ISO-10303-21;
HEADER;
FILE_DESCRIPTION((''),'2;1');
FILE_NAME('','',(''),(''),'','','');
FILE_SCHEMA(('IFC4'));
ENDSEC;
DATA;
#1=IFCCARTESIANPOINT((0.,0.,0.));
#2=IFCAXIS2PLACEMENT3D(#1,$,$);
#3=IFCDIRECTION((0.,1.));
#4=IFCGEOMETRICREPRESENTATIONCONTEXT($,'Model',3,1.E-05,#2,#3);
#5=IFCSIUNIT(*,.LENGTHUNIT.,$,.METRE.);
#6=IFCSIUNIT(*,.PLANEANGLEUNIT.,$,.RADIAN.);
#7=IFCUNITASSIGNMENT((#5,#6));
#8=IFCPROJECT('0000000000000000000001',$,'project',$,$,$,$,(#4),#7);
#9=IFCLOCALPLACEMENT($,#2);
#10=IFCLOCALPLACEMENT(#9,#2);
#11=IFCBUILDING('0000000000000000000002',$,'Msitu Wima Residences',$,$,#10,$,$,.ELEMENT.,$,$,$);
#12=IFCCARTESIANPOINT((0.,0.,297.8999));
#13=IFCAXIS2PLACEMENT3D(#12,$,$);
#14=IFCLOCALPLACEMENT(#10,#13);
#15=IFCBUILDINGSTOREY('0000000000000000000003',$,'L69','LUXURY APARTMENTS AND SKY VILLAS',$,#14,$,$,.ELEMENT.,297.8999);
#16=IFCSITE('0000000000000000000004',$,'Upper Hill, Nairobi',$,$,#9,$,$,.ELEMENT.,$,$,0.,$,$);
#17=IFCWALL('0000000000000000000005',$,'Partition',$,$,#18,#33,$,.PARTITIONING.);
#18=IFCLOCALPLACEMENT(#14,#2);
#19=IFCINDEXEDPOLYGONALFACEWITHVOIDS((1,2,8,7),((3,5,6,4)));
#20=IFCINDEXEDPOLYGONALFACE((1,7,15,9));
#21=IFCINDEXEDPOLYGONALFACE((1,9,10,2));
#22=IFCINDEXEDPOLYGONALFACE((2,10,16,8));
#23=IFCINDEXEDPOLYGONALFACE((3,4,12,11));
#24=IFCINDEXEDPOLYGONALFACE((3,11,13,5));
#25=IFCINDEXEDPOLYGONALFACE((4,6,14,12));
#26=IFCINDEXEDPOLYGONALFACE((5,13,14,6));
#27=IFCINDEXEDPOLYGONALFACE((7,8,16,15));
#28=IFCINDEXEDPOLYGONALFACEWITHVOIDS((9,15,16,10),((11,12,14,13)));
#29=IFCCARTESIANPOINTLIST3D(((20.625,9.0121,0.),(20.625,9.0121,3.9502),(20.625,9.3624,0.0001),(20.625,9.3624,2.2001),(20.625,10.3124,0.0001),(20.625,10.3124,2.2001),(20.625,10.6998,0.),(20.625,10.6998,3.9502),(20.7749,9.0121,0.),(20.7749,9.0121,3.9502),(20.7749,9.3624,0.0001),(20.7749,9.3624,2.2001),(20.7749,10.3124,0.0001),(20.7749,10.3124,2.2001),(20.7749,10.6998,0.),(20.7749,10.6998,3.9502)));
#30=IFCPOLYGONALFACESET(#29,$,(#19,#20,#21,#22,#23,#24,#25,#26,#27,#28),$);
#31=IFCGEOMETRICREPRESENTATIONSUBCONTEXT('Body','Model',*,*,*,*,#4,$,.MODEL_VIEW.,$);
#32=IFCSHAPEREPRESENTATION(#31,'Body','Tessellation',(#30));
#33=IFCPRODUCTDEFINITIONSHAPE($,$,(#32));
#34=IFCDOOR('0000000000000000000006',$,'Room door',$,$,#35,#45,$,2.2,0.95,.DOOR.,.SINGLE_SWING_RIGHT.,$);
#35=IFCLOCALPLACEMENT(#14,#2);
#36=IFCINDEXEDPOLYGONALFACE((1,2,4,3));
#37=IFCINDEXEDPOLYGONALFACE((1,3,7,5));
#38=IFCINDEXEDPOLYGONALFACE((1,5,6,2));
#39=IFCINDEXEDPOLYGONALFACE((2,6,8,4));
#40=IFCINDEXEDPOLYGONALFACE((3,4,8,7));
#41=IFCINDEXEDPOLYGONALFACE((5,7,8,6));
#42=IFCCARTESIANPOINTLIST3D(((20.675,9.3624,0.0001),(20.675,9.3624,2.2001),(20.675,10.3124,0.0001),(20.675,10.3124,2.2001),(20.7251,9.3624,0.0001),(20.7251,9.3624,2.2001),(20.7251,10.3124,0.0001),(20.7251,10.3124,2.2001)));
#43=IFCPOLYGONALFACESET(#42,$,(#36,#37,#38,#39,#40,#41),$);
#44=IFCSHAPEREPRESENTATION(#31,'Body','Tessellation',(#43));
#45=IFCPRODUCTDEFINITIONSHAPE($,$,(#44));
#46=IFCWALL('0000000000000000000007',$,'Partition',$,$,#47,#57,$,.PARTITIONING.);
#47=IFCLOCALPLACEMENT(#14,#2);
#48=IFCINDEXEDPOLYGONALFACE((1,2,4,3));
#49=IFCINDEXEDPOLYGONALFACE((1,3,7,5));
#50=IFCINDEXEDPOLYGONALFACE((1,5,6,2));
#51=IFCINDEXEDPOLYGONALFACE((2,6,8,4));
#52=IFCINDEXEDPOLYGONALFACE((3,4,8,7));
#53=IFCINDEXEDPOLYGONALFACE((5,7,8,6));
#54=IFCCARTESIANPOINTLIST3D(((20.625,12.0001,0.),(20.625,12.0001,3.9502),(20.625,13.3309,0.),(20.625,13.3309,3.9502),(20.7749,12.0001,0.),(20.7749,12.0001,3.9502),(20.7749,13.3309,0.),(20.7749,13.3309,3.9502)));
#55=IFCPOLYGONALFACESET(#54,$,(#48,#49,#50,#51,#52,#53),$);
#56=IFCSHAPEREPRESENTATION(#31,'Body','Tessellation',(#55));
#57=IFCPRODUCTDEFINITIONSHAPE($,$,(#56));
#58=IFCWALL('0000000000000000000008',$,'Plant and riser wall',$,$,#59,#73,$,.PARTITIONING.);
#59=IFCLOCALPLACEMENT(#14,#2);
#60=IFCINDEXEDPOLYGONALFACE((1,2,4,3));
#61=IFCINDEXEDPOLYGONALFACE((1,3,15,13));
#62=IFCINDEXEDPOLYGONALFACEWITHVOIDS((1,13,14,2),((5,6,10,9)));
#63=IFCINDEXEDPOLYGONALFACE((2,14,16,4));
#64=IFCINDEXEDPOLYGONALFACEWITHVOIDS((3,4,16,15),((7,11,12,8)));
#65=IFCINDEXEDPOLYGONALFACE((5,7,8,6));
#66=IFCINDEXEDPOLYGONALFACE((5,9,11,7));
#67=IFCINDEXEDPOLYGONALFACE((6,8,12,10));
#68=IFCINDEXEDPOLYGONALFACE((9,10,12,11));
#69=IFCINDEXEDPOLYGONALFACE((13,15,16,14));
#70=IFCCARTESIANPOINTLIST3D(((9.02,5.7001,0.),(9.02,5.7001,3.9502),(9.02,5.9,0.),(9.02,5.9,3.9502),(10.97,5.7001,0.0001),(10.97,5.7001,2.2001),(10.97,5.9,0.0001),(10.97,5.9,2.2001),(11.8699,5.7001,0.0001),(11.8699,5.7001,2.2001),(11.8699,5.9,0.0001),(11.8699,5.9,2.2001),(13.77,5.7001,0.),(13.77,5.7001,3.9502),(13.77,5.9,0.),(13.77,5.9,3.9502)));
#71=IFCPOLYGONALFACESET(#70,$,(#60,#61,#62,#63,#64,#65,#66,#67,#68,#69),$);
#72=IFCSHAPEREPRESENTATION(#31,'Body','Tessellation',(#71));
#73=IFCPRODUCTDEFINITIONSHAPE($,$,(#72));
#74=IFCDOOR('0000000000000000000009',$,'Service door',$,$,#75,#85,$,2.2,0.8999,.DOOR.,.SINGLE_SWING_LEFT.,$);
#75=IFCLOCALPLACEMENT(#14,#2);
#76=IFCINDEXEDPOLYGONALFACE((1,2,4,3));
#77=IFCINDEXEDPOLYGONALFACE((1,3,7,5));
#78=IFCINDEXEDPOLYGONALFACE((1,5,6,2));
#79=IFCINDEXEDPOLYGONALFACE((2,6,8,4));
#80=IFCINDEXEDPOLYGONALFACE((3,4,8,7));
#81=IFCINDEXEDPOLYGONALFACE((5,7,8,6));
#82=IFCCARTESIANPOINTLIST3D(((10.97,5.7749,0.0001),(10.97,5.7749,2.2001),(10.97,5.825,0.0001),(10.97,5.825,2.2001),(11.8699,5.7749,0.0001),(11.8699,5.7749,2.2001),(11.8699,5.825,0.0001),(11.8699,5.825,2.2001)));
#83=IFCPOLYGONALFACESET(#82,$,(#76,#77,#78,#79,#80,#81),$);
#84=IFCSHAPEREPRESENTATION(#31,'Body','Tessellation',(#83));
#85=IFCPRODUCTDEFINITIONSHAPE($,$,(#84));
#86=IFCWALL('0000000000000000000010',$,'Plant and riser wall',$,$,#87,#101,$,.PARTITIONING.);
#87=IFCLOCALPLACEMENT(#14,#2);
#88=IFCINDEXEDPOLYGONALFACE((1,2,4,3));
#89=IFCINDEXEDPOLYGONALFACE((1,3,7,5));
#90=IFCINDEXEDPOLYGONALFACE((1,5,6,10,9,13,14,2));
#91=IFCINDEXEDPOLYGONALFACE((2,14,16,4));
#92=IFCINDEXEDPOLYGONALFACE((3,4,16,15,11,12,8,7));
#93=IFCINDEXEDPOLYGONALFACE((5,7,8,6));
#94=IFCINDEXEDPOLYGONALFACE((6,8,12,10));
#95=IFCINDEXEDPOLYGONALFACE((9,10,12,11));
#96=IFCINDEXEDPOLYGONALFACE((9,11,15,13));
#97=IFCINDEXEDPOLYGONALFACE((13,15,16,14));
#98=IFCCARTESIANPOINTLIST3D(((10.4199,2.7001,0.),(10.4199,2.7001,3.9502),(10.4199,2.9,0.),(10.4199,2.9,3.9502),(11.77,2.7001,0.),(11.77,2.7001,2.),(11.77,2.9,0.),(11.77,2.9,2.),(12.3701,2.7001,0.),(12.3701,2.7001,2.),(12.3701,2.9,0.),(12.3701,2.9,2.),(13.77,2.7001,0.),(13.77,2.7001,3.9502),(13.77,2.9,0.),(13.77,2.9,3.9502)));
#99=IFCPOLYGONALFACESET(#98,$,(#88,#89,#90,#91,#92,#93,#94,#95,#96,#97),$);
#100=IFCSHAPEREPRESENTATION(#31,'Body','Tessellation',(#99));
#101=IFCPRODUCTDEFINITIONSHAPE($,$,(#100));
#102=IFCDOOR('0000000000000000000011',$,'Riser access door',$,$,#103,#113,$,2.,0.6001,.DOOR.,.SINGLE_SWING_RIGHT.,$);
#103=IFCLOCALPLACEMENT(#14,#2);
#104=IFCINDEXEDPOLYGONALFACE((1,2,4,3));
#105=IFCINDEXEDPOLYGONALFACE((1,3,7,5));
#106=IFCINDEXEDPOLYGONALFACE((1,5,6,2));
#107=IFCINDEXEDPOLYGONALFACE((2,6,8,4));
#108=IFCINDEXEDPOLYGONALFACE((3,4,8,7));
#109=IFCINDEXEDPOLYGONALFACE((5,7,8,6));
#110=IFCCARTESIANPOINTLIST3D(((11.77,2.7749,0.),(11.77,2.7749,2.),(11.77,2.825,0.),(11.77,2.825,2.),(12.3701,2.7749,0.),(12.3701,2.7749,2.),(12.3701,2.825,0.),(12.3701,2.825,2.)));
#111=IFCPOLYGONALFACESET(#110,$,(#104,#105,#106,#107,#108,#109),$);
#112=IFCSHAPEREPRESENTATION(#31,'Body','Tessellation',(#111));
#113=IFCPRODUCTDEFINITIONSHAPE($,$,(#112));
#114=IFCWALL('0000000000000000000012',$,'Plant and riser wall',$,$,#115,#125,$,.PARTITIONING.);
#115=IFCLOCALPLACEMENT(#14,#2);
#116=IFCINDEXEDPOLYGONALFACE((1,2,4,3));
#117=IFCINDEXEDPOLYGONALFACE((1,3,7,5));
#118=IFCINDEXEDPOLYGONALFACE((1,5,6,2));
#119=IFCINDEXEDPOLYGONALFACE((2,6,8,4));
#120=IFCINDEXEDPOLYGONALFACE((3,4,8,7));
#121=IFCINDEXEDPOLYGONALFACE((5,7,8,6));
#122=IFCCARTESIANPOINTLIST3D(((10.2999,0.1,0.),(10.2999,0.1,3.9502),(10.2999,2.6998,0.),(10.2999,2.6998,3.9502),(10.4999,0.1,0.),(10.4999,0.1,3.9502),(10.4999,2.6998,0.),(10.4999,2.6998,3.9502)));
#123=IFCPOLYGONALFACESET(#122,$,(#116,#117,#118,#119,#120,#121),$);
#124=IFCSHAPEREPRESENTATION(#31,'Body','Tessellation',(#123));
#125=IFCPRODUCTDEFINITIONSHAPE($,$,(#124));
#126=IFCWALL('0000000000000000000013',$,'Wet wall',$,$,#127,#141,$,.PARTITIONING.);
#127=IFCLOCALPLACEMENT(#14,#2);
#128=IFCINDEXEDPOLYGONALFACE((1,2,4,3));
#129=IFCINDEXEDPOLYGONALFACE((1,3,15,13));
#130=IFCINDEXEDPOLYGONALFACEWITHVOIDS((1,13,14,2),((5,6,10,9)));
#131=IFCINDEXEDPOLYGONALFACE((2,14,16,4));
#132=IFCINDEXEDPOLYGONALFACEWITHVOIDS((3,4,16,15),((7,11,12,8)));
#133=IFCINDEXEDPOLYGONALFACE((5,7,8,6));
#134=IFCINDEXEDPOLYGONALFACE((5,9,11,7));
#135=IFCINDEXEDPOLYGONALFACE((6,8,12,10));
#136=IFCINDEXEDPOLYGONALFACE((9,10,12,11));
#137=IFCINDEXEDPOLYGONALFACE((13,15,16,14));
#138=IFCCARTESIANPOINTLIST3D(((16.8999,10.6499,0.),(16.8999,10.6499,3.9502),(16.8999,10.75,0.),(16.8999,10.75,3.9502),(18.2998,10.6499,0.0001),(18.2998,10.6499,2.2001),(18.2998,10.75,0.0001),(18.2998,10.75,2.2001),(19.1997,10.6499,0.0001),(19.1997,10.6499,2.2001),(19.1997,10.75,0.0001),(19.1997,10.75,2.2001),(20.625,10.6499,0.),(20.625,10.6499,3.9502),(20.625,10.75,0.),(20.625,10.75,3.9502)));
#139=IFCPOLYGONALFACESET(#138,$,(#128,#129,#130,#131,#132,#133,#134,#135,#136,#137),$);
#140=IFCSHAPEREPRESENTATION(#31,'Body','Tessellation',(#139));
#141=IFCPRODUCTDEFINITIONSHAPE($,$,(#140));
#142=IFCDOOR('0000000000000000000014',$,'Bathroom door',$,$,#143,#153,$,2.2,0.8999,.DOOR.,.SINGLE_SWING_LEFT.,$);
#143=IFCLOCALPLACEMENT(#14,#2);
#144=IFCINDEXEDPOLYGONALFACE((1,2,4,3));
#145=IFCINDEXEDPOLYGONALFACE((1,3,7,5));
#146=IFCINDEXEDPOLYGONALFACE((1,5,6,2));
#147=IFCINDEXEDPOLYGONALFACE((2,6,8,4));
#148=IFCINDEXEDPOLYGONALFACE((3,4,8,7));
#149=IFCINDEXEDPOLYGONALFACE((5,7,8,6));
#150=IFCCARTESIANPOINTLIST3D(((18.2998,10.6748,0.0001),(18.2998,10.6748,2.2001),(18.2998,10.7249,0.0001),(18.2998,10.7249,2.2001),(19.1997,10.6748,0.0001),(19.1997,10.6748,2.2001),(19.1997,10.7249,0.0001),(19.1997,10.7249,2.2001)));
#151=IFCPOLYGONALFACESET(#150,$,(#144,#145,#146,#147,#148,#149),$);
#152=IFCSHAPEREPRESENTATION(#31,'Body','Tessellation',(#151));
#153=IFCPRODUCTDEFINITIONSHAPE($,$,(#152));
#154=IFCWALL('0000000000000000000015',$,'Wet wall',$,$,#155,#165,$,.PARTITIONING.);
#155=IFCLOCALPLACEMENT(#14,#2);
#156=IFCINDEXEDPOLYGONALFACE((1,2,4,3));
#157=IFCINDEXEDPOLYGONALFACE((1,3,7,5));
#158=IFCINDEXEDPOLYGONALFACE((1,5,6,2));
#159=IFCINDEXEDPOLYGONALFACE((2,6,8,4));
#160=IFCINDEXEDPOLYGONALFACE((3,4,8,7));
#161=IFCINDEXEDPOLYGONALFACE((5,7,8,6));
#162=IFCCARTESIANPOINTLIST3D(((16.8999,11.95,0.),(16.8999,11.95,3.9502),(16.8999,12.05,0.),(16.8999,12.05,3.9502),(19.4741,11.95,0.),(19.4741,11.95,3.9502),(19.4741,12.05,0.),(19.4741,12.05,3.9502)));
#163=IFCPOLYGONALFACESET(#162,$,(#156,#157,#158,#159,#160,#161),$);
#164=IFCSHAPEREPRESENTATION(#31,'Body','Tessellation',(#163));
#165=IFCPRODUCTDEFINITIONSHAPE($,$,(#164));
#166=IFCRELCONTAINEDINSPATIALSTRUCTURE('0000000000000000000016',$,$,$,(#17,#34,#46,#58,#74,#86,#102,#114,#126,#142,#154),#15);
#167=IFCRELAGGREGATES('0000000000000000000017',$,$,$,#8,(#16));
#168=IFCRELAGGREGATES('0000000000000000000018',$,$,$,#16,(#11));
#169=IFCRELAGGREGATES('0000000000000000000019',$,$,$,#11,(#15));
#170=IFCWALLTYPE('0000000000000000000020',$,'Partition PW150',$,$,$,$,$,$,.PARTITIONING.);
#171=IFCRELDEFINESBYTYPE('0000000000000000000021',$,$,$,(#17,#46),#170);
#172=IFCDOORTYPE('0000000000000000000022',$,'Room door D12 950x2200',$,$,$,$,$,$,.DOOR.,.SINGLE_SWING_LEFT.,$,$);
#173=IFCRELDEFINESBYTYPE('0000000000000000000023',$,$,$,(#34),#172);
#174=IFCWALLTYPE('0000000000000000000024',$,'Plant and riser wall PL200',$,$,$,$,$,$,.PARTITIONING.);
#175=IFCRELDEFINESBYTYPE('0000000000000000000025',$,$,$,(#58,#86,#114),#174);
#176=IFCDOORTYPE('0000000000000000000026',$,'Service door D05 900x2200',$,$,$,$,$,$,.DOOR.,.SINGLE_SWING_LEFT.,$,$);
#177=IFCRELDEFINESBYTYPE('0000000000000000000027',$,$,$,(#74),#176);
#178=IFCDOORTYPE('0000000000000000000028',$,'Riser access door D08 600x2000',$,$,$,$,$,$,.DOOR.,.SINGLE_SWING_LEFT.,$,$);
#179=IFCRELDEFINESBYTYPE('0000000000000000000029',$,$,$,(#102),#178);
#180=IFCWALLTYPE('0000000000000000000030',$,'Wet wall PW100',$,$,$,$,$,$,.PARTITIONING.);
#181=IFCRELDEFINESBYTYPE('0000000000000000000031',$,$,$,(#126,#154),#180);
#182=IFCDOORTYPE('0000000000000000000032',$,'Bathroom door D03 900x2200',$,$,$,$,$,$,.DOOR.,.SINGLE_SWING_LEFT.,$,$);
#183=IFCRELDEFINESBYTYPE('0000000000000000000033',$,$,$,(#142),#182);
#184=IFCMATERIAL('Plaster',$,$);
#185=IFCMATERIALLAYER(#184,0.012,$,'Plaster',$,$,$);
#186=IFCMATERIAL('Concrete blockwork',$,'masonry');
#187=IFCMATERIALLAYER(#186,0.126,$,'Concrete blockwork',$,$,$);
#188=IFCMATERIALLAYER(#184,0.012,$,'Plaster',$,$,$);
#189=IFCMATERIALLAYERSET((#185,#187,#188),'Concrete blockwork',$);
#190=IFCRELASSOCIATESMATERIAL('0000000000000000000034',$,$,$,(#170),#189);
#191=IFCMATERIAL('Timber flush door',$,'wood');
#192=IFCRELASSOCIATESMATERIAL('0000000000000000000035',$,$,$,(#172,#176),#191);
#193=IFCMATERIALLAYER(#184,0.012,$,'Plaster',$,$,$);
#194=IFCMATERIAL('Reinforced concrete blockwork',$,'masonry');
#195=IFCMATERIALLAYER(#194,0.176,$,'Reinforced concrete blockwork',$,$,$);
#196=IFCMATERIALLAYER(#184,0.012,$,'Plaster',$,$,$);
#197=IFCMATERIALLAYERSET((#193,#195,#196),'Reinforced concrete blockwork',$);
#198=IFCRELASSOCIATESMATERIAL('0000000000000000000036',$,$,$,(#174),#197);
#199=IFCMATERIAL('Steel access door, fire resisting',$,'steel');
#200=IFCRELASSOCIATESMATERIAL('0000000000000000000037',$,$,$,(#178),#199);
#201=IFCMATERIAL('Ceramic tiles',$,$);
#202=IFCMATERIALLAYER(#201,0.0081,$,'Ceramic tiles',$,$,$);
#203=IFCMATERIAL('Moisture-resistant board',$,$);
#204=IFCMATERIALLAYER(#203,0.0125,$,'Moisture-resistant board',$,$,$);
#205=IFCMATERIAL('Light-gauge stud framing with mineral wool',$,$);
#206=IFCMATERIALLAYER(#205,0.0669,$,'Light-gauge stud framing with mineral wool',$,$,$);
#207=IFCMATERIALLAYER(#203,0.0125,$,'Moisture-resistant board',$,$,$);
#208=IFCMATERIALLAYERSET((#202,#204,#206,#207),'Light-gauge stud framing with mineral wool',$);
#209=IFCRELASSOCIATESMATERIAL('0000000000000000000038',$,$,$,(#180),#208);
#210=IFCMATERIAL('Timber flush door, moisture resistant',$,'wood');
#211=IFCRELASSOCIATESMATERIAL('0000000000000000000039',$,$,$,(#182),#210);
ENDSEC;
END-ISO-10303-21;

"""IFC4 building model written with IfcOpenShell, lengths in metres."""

from ifc_helpers import new_model, si_unit, direction, frame, frame_2d, origin, place, context, subcontext, project, spatial, rectangle, extrude, material, layer, layer_set, type_object, element, fill, save


model = new_model("IFC4")

# Units and contexts
model_context = context("Model", 3, precision=1e-05, world=origin(), true_north=direction((0.0, 1.0)))
body_context = subcontext(model_context, "Body", "Model", "MODEL_VIEW")
ifc_project = project(units=[si_unit("LENGTHUNIT", "METRE"), si_unit("PLANEANGLEUNIT", "RADIAN")], contexts=[model_context])

# Site, building, storey
site_placement = place(None, origin())
site = spatial("IfcSite", under=ifc_project, at=site_placement, Name="Upper Hill, Nairobi", CompositionType="ELEMENT", RefElevation=0.0)
building_placement = place(site_placement, origin())
building = spatial("IfcBuilding", under=site, at=building_placement, Name="Msitu Wima Residences", CompositionType="ELEMENT")
storey_placement = place(building_placement, frame((0.0, 0.0, 297.8999)))
storey = spatial("IfcBuildingStorey", under=building, at=storey_placement, Name="L69", Description="LUXURY APARTMENTS AND SKY VILLAS", CompositionType="ELEMENT", Elevation=297.8999)

# Shared definitions
ifc_material_1 = material(Name="Plaster")
ifc_layer_1 = layer(ifc_material_1, 0.012, Name="Plaster")
ifc_material_2 = material(Name="Concrete blockwork", Category="masonry")
ifc_layer_2 = layer(ifc_material_2, 0.126, Name="Concrete blockwork")
ifc_layer_3 = layer(ifc_material_1, 0.012, Name="Plaster")
ifc_layer_set_1 = layer_set([ifc_layer_1, ifc_layer_2, ifc_layer_3], Name="Concrete blockwork")
wall_type_1 = type_object("IfcWallType", Name="Partition PW150", PredefinedType="PARTITIONING", material=ifc_layer_set_1)
ifc_material_3 = material(Name="Timber flush door", Category="wood")
door_type_1 = type_object("IfcDoorType", Name="Room door D12 950x2200", OperationType="SINGLE_SWING_LEFT", PredefinedType="DOOR", material=ifc_material_3)

# Wall, opening, door
wall_1_placement = place(storey_placement, frame((20.7, 9.0122, 0.0), z_axis=(0.0, 0.0, 1.0), x_axis=(0.0, 1.0, 0.0)))
wall_1 = element("IfcWall", 1, at=wall_1_placement, inside=storey, type_object=wall_type_1, Name="Partition", PredefinedType="PARTITIONING", context=body_context, shape_type="SweptSolid", body=[
    extrude(rectangle(XDim=1.6877, YDim=0.1499, at=frame_2d((0.8438, 0.0))), origin(), (0.0, 0.0, 1.0), 3.9502),
])
opening_1_placement = place(wall_1_placement, frame((0.3501, 0.0, 0.0)))
opening_1 = element("IfcOpeningElement", 2, at=opening_1_placement, cuts=wall_1, PredefinedType="OPENING", context=body_context, shape_type="SweptSolid", body=[
    extrude(rectangle(XDim=0.95, YDim=2.2, at=frame_2d((0.4751, 1.1001))), frame((0.0, 0.085, 0.0), z_axis=(0.0, -1.0, 0.0), x_axis=(1.0, 0.0, 0.0)), (0.0, 0.0, 1.0), 0.1699),
])
door_1_placement = place(opening_1_placement, origin())
door_1 = element("IfcDoor", 3, at=door_1_placement, inside=storey, type_object=door_type_1, Name="Room door", OperationType="SINGLE_SWING_RIGHT", OverallHeight=2.2, OverallWidth=0.95, PredefinedType="DOOR", context=body_context, shape_type="SweptSolid", body=[
    extrude(rectangle(XDim=0.95, YDim=2.2, at=frame_2d((0.4751, 1.1001))), frame((0.0, 0.0249, 0.0), z_axis=(0.0, -1.0, 0.0), x_axis=(1.0, 0.0, 0.0)), (0.0, 0.0, 1.0), 0.05),
])
fill(opening_1, door_1)

# Wall
wall_2_placement = place(storey_placement, frame((20.7, 12.0, 0.0), z_axis=(0.0, 0.0, 1.0), x_axis=(0.0, 1.0, 0.0)))
element("IfcWall", 4, at=wall_2_placement, inside=storey, type_object=wall_type_1, Name="Partition", PredefinedType="PARTITIONING", context=body_context, shape_type="SweptSolid", body=[
    extrude(rectangle(XDim=1.3308, YDim=0.1499, at=frame_2d((0.6655, 0.0))), origin(), (0.0, 0.0, 1.0), 3.9502),
])

# Walls, openings, doors
ifc_layer_4 = layer(ifc_material_1, 0.012, Name="Plaster")
ifc_material_4 = material(Name="Reinforced concrete blockwork", Category="masonry")
ifc_layer_5 = layer(ifc_material_4, 0.176, Name="Reinforced concrete blockwork")
ifc_layer_6 = layer(ifc_material_1, 0.012, Name="Plaster")
ifc_layer_set_2 = layer_set([ifc_layer_4, ifc_layer_5, ifc_layer_6], Name="Reinforced concrete blockwork")
wall_type_2 = type_object("IfcWallType", Name="Plant and riser wall PL200", PredefinedType="PARTITIONING", material=ifc_layer_set_2)
wall_3_placement = place(storey_placement, frame((9.02, 5.8, 0.0), z_axis=(0.0, 0.0, 1.0), x_axis=(1.0, 0.0, 0.0)))
wall_3 = element("IfcWall", 5, at=wall_3_placement, inside=storey, type_object=wall_type_2, Name="Plant and riser wall", PredefinedType="PARTITIONING", context=body_context, shape_type="SweptSolid", body=[
    extrude(rectangle(XDim=4.75, YDim=0.2, at=frame_2d((2.375, 0.0))), origin(), (0.0, 0.0, 1.0), 3.9502),
])
opening_2_placement = place(wall_3_placement, frame((1.95, 0.0, 0.0)))
opening_2 = element("IfcOpeningElement", 6, at=opening_2_placement, cuts=wall_3, PredefinedType="OPENING", context=body_context, shape_type="SweptSolid", body=[
    extrude(rectangle(XDim=0.8999, YDim=2.2, at=frame_2d((0.45, 1.1001))), frame((0.0, 0.1099, 0.0), z_axis=(0.0, -1.0, 0.0), x_axis=(1.0, 0.0, 0.0)), (0.0, 0.0, 1.0), 0.22),
])
door_type_2 = type_object("IfcDoorType", Name="Service door D05 900x2200", OperationType="SINGLE_SWING_LEFT", PredefinedType="DOOR", material=ifc_material_3)
door_2_placement = place(opening_2_placement, origin())
door_2 = element("IfcDoor", 7, at=door_2_placement, inside=storey, type_object=door_type_2, Name="Service door", OperationType="SINGLE_SWING_LEFT", OverallHeight=2.2, OverallWidth=0.8999, PredefinedType="DOOR", context=body_context, shape_type="SweptSolid", body=[
    extrude(rectangle(XDim=0.8999, YDim=2.2, at=frame_2d((0.45, 1.1001))), frame((0.0, 0.0249, 0.0), z_axis=(0.0, -1.0, 0.0), x_axis=(1.0, 0.0, 0.0)), (0.0, 0.0, 1.0), 0.05),
])
fill(opening_2, door_2)
wall_4_placement = place(storey_placement, frame((10.4199, 2.8, 0.0), z_axis=(0.0, 0.0, 1.0), x_axis=(1.0, 0.0, 0.0)))
wall_4 = element("IfcWall", 8, at=wall_4_placement, inside=storey, type_object=wall_type_2, Name="Plant and riser wall", PredefinedType="PARTITIONING", context=body_context, shape_type="SweptSolid", body=[
    extrude(rectangle(XDim=3.3501, YDim=0.2, at=frame_2d((1.675, 0.0))), origin(), (0.0, 0.0, 1.0), 3.9502),
])
opening_3_placement = place(wall_4_placement, frame((1.3501, 0.0, 0.0)))
opening_3 = element("IfcOpeningElement", 9, at=opening_3_placement, cuts=wall_4, PredefinedType="OPENING", context=body_context, shape_type="SweptSolid", body=[
    extrude(rectangle(XDim=0.6001, YDim=2.0, at=frame_2d((0.3, 1.0))), frame((0.0, 0.1099, 0.0), z_axis=(0.0, -1.0, 0.0), x_axis=(1.0, 0.0, 0.0)), (0.0, 0.0, 1.0), 0.22),
])
ifc_material_5 = material(Name="Steel access door, fire resisting", Category="steel")
door_type_3 = type_object("IfcDoorType", Name="Riser access door D08 600x2000", OperationType="SINGLE_SWING_LEFT", PredefinedType="DOOR", material=ifc_material_5)
door_3_placement = place(opening_3_placement, origin())
door_3 = element("IfcDoor", 10, at=door_3_placement, inside=storey, type_object=door_type_3, Name="Riser access door", OperationType="SINGLE_SWING_RIGHT", OverallHeight=2.0, OverallWidth=0.6001, PredefinedType="DOOR", context=body_context, shape_type="SweptSolid", body=[
    extrude(rectangle(XDim=0.6001, YDim=2.0, at=frame_2d((0.3, 1.0))), frame((0.0, 0.0249, 0.0), z_axis=(0.0, -1.0, 0.0), x_axis=(1.0, 0.0, 0.0)), (0.0, 0.0, 1.0), 0.05),
])
fill(opening_3, door_3)

# Wall
wall_5_placement = place(storey_placement, frame((10.3999, 0.1001, 0.0), z_axis=(0.0, 0.0, 1.0), x_axis=(0.0, 1.0, 0.0)))
element("IfcWall", 11, at=wall_5_placement, inside=storey, type_object=wall_type_2, Name="Plant and riser wall", PredefinedType="PARTITIONING", context=body_context, shape_type="SweptSolid", body=[
    extrude(rectangle(XDim=2.5999, YDim=0.2, at=frame_2d((1.2998, 0.0))), origin(), (0.0, 0.0, 1.0), 3.9502),
])

# Wall, opening, door
ifc_material_6 = material(Name="Ceramic tiles")
ifc_layer_7 = layer(ifc_material_6, 0.0081, Name="Ceramic tiles")
ifc_material_7 = material(Name="Moisture-resistant board")
ifc_layer_8 = layer(ifc_material_7, 0.0125, Name="Moisture-resistant board")
ifc_material_8 = material(Name="Light-gauge stud framing with mineral wool")
ifc_layer_9 = layer(ifc_material_8, 0.0669, Name="Light-gauge stud framing with mineral wool")
ifc_layer_10 = layer(ifc_material_7, 0.0125, Name="Moisture-resistant board")
ifc_layer_set_3 = layer_set([ifc_layer_7, ifc_layer_8, ifc_layer_9, ifc_layer_10], Name="Light-gauge stud framing with mineral wool")
wall_type_3 = type_object("IfcWallType", Name="Wet wall PW100", PredefinedType="PARTITIONING", material=ifc_layer_set_3)
wall_6_placement = place(storey_placement, frame((16.8999, 10.7, 0.0), z_axis=(0.0, 0.0, 1.0), x_axis=(1.0, 0.0, 0.0)))
wall_6 = element("IfcWall", 12, at=wall_6_placement, inside=storey, type_object=wall_type_3, Name="Wet wall", PredefinedType="PARTITIONING", context=body_context, shape_type="SweptSolid", body=[
    extrude(rectangle(XDim=3.7251, YDim=0.1001, at=frame_2d((1.8625, 0.0))), origin(), (0.0, 0.0, 1.0), 3.9502),
])
opening_4_placement = place(wall_6_placement, frame((1.3999, 0.0, 0.0)))
opening_4 = element("IfcOpeningElement", 13, at=opening_4_placement, cuts=wall_6, PredefinedType="OPENING", context=body_context, shape_type="SweptSolid", body=[
    extrude(rectangle(XDim=0.8999, YDim=2.2, at=frame_2d((0.45, 1.1001))), frame((0.0, 0.0601, 0.0), z_axis=(0.0, -1.0, 0.0), x_axis=(1.0, 0.0, 0.0)), (0.0, 0.0, 1.0), 0.1201),
])
ifc_material_9 = material(Name="Timber flush door, moisture resistant", Category="wood")
door_type_4 = type_object("IfcDoorType", Name="Bathroom door D03 900x2200", OperationType="SINGLE_SWING_LEFT", PredefinedType="DOOR", material=ifc_material_9)
door_4_placement = place(opening_4_placement, origin())
door_4 = element("IfcDoor", 14, at=door_4_placement, inside=storey, type_object=door_type_4, Name="Bathroom door", OperationType="SINGLE_SWING_LEFT", OverallHeight=2.2, OverallWidth=0.8999, PredefinedType="DOOR", context=body_context, shape_type="SweptSolid", body=[
    extrude(rectangle(XDim=0.8999, YDim=2.2, at=frame_2d((0.45, 1.1001))), frame((0.0, 0.0249, 0.0), z_axis=(0.0, -1.0, 0.0), x_axis=(1.0, 0.0, 0.0)), (0.0, 0.0, 1.0), 0.05),
])
fill(opening_4, door_4)

# Wall
wall_7_placement = place(storey_placement, frame((16.8999, 12.0, 0.0), z_axis=(0.0, 0.0, 1.0), x_axis=(1.0, 0.0, 0.0)))
element("IfcWall", 15, at=wall_7_placement, inside=storey, type_object=wall_type_3, Name="Wet wall", PredefinedType="PARTITIONING", context=body_context, shape_type="SweptSolid", body=[
    extrude(rectangle(XDim=2.5742, YDim=0.1001, at=frame_2d((1.2871, 0.0))), origin(), (0.0, 0.0, 1.0), 3.9502),
])

save(model, "model.ifc")
